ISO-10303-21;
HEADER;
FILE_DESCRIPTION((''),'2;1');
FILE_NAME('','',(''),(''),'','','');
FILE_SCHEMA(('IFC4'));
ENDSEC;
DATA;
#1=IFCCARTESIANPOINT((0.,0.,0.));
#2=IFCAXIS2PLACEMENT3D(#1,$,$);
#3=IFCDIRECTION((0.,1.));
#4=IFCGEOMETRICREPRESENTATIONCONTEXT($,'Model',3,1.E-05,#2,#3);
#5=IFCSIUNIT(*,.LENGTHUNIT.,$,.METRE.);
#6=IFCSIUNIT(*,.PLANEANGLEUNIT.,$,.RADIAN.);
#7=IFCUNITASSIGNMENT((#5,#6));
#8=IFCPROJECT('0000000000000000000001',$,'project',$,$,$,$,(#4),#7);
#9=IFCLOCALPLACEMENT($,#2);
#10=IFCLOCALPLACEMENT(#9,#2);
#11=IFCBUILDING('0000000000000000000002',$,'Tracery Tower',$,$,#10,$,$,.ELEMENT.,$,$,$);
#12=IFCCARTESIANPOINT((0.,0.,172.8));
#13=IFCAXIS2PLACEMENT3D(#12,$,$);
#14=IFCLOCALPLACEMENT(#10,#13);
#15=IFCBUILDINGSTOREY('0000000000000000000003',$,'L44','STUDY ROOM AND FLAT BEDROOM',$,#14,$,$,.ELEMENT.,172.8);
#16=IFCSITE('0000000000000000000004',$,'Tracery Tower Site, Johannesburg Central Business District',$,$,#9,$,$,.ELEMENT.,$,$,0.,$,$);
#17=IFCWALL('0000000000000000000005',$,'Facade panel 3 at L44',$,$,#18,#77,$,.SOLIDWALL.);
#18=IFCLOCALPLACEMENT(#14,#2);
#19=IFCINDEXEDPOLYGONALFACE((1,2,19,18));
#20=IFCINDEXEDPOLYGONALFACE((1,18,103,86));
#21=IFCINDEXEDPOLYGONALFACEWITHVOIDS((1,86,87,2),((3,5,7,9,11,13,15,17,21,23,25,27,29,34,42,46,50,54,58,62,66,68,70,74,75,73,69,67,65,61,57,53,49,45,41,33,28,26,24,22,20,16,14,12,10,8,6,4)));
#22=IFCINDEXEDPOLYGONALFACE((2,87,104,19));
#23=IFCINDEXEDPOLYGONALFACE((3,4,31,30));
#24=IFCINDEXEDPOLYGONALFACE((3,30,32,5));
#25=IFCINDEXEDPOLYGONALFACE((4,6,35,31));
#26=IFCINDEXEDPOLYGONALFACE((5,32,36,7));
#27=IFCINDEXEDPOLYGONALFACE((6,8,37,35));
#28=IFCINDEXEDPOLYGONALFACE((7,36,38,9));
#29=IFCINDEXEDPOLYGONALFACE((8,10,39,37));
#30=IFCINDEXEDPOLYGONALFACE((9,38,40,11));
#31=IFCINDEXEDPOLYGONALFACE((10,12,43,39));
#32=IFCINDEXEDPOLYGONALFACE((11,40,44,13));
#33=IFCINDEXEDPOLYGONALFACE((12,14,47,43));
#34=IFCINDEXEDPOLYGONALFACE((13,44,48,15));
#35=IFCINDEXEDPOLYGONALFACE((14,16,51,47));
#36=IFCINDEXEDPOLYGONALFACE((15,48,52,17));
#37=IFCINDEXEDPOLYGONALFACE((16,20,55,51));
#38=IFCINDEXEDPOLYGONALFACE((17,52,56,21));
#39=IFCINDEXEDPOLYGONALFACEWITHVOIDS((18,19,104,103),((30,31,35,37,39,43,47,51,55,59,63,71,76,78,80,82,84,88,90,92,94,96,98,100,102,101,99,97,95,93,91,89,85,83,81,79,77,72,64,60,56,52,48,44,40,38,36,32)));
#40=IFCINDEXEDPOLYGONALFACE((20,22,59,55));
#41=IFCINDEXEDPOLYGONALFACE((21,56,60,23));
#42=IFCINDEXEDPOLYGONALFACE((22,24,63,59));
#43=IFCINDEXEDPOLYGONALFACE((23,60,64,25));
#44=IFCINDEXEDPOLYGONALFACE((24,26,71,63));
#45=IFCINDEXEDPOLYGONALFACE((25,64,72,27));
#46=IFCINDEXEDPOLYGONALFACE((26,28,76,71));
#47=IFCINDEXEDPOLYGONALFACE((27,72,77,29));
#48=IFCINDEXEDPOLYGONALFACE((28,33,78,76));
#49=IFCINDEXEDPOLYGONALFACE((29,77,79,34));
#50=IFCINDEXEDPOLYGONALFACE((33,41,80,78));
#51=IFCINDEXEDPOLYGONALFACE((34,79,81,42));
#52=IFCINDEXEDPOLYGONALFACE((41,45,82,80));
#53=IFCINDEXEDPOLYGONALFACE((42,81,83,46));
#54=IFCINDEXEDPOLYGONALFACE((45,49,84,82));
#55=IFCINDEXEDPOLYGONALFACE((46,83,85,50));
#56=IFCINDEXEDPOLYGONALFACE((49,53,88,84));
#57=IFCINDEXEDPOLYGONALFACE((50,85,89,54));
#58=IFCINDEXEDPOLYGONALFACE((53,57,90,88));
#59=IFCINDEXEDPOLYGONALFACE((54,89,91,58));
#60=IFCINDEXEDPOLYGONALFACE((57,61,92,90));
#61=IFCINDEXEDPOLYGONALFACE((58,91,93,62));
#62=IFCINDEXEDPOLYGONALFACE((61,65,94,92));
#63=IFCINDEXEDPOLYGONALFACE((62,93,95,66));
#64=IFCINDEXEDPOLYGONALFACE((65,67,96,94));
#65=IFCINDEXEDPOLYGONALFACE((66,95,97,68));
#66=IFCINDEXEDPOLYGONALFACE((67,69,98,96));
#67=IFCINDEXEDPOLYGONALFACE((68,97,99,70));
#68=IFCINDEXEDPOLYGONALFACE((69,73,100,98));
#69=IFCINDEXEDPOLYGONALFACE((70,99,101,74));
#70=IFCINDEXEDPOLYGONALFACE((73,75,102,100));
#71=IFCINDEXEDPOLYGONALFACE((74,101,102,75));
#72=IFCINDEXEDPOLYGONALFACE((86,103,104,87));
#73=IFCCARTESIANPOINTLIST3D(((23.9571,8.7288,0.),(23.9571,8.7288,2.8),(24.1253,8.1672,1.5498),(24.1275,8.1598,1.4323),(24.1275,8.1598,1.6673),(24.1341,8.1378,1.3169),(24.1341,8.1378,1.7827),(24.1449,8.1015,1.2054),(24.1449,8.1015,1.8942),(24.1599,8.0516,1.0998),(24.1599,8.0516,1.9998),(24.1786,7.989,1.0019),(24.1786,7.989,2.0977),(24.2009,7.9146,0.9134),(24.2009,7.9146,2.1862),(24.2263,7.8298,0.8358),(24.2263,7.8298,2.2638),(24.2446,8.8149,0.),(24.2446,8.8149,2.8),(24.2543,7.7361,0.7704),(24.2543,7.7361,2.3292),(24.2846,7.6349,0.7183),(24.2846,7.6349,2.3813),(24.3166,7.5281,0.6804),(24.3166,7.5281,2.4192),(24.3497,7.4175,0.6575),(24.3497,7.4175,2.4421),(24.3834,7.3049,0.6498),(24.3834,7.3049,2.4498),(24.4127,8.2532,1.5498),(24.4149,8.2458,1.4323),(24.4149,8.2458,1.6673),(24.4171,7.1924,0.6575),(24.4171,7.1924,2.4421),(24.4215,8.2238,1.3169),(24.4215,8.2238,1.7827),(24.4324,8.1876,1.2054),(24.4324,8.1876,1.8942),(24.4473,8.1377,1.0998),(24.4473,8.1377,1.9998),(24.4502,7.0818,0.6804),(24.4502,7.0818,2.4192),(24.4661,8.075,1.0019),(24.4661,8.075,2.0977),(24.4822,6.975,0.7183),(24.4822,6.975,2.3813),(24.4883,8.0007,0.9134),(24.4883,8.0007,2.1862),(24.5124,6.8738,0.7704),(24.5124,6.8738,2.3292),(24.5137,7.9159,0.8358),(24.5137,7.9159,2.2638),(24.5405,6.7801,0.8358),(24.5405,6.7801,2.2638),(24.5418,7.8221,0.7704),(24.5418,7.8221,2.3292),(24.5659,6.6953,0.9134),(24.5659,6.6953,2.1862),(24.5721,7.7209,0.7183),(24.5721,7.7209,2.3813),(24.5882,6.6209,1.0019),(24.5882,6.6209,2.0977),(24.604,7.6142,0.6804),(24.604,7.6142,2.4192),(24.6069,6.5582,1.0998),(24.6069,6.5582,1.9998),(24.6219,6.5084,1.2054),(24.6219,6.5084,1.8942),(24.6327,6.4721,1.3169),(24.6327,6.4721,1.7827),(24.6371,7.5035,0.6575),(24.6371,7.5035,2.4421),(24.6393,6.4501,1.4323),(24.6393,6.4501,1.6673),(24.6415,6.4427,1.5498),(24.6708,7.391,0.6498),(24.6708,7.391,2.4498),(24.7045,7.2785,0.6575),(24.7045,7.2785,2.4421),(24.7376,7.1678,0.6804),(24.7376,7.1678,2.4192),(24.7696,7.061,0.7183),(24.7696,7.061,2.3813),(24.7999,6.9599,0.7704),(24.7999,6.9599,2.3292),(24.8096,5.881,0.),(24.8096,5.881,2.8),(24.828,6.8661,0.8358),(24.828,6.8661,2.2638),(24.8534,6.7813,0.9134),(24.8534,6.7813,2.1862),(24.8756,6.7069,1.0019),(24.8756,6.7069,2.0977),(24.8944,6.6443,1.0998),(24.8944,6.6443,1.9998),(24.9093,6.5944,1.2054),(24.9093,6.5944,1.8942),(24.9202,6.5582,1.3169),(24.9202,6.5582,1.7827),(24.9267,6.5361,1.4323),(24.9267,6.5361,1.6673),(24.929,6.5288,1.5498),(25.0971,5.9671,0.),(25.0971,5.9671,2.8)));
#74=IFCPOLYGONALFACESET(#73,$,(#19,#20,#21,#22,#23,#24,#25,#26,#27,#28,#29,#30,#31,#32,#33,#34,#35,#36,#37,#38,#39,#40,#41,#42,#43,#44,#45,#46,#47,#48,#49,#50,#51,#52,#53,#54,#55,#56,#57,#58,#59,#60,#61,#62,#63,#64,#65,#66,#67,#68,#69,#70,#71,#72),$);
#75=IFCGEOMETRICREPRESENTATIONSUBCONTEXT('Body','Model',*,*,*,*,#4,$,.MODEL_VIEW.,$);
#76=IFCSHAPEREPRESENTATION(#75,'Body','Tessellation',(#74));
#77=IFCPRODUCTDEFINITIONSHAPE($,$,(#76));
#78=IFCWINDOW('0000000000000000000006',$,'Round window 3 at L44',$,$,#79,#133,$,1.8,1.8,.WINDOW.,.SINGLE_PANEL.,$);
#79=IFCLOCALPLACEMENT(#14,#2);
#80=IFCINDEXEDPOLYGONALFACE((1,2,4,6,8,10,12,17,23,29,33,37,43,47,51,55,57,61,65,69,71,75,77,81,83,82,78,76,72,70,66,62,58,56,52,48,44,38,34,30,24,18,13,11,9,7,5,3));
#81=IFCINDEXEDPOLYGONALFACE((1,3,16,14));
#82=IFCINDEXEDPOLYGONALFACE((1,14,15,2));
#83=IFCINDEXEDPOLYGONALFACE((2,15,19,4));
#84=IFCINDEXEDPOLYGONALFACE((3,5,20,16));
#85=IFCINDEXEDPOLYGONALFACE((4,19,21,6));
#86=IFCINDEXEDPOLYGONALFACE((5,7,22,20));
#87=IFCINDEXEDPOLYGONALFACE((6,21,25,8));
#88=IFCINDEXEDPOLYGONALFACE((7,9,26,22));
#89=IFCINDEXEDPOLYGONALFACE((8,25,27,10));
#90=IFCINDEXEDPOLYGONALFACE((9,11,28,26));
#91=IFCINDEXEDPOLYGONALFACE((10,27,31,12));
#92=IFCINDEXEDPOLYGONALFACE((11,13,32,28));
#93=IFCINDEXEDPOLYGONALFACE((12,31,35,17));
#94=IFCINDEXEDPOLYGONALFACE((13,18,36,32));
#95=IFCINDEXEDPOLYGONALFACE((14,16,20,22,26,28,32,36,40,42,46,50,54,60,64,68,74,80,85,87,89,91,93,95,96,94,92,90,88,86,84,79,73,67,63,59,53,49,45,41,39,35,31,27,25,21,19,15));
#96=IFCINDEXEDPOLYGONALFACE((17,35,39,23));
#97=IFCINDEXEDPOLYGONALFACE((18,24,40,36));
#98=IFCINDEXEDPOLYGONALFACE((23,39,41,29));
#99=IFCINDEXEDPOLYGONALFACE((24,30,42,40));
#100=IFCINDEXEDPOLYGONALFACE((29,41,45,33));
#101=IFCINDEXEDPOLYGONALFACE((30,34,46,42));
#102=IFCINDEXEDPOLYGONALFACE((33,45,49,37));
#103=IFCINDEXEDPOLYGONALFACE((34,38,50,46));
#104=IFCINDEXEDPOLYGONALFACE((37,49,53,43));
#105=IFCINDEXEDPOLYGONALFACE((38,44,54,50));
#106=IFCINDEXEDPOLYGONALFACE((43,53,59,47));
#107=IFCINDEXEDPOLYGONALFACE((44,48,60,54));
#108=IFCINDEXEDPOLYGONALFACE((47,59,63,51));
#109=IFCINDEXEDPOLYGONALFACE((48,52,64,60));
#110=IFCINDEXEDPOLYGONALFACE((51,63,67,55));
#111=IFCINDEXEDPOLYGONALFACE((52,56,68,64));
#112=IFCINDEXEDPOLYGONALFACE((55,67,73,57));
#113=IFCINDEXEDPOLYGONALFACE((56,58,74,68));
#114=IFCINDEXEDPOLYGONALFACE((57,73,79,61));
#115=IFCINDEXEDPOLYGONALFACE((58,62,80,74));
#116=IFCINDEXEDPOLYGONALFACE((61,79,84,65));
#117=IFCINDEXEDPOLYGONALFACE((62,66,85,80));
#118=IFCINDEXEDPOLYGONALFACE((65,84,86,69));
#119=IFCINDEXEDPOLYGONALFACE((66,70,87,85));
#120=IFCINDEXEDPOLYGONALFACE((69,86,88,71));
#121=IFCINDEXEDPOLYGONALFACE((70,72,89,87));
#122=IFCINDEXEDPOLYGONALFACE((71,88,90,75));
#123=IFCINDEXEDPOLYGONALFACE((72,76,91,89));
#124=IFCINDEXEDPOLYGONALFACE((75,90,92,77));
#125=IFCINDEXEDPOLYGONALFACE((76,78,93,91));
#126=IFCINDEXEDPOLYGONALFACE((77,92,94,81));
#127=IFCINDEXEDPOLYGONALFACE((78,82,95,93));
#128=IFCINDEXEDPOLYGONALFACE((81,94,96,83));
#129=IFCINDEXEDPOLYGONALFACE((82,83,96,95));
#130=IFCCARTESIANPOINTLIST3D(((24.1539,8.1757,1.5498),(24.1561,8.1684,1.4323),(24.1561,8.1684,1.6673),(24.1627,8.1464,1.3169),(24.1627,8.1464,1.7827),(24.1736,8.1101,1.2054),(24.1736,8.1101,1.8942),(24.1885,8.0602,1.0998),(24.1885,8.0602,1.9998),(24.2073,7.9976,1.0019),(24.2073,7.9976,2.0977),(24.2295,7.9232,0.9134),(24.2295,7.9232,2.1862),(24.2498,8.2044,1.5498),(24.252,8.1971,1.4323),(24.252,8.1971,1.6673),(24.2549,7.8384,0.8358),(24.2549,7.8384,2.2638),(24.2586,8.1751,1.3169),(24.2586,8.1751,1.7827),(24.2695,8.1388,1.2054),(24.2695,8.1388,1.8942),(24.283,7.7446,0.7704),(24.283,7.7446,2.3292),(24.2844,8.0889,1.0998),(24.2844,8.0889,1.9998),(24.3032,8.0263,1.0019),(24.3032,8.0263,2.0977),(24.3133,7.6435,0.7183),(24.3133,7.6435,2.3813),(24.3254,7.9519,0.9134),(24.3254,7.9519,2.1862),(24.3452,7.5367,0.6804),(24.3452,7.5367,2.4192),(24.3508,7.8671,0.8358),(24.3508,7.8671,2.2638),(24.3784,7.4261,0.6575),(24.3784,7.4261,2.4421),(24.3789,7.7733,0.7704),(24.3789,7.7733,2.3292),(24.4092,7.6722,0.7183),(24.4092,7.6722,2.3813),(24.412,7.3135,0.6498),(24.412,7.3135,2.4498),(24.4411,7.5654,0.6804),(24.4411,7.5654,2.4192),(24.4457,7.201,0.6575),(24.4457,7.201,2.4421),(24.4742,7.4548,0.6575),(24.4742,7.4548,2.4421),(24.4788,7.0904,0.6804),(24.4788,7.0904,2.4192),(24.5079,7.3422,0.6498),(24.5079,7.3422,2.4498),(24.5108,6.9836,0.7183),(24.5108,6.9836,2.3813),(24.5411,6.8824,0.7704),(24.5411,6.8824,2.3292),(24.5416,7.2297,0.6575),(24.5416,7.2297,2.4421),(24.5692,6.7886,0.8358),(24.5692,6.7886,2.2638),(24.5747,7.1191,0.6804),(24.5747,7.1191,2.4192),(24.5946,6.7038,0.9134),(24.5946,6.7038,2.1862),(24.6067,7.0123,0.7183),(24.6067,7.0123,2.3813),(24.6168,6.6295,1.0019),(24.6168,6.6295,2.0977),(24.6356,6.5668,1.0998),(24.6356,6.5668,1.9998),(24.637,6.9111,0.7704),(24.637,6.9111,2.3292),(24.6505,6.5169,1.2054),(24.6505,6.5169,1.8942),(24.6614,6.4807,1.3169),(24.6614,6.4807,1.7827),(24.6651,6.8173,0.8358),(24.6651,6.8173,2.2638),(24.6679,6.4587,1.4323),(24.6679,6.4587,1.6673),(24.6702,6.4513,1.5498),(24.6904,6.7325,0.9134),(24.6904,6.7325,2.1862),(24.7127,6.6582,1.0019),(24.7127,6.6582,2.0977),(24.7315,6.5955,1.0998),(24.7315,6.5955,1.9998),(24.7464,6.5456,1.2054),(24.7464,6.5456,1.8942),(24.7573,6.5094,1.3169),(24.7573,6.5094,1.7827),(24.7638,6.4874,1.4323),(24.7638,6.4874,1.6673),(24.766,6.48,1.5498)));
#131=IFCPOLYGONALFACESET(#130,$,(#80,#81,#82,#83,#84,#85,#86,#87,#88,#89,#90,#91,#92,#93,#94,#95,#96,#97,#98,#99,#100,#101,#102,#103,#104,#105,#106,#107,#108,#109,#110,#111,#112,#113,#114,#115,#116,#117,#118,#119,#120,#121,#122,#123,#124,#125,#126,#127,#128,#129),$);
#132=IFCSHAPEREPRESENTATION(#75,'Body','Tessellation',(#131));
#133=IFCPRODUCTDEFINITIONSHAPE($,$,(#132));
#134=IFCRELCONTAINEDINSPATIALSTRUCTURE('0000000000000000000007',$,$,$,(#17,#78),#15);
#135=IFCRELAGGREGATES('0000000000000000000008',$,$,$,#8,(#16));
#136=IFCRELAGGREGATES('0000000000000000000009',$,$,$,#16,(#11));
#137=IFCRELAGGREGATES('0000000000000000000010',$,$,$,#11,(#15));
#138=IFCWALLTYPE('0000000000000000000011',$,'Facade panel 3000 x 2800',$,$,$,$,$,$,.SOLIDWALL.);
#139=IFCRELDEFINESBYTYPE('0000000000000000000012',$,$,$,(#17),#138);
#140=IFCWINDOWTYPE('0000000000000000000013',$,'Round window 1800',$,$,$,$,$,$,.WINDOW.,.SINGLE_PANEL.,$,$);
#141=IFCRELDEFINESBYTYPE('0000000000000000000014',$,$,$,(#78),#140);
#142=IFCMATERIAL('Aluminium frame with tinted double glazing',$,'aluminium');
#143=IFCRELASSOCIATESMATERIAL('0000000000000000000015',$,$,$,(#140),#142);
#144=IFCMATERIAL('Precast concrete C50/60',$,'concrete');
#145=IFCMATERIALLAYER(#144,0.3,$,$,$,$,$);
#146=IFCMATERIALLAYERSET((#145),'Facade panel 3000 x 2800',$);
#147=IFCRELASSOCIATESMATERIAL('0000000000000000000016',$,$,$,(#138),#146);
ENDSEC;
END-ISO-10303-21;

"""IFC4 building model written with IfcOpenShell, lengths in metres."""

from ifc_helpers import new_model, si_unit, direction, frame, frame_2d, origin, origin_2d, place, context, subcontext, project, spatial, rectangle, circle, extrude, material, layer, layer_set, type_object, element, fill, save


model = new_model("IFC4")

# Units and contexts
model_context = context("Model", 3, precision=1e-05, world=origin(), true_north=direction((0.0, 1.0)))
body_context = subcontext(model_context, "Body", "Model", "MODEL_VIEW")
ifc_project = project(units=[si_unit("LENGTHUNIT", "METRE"), si_unit("PLANEANGLEUNIT", "RADIAN")], contexts=[model_context])

# Site, building, storey
site_placement = place(None, origin())
site = spatial("IfcSite", under=ifc_project, at=site_placement, Name="Tracery Tower Site, Johannesburg Central Business District", CompositionType="ELEMENT", RefElevation=0.0)
building_placement = place(site_placement, origin())
building = spatial("IfcBuilding", under=site, at=building_placement, Name="Tracery Tower", CompositionType="ELEMENT")
storey_placement = place(building_placement, frame((0.0, 0.0, 172.8)))
storey = spatial("IfcBuildingStorey", under=building, at=storey_placement, Name="L44", Description="STUDY ROOM AND FLAT BEDROOM", CompositionType="ELEMENT", Elevation=172.8)

# Wall, opening, window
ifc_material_1 = material(Name="Aluminium frame with tinted double glazing", Category="aluminium")
window_type = type_object("IfcWindowType", Name="Round window 1800", PartitioningType="SINGLE_PANEL", PredefinedType="WINDOW", material=ifc_material_1)
ifc_material_2 = material(Name="Precast concrete C50/60", Category="concrete")
ifc_layer_1 = layer(ifc_material_2, 0.3)
ifc_layer_set_1 = layer_set([ifc_layer_1], Name="Facade panel 3000 x 2800")
wall_type_1 = type_object("IfcWallType", Name="Facade panel 3000 x 2800", PredefinedType="SOLIDWALL", material=ifc_layer_set_1)
wall_1_placement = place(storey_placement, frame((24.9534, 5.9241, 0.0), z_axis=(0.0, 0.0, 1.0), x_axis=(-0.286783, 0.957996, 0.0)))
wall_1 = element("IfcWall", 1, at=wall_1_placement, inside=storey, type_object=wall_type_1, Name="Facade panel 3 at L44", PredefinedType="SOLIDWALL", context=body_context, shape_type="SweptSolid", body=[
    extrude(rectangle(XDim=2.9727, YDim=0.3, at=frame_2d((1.4863, 0.0))), origin(), (0.0, 0.0, 1.0), 2.8),
])
opening_1_placement = place(wall_1_placement, frame((1.4863, 0.0, 1.5498)))
opening_1 = element("IfcOpeningElement", 2, at=opening_1_placement, cuts=wall_1, PredefinedType="OPENING", context=body_context, shape_type="SweptSolid", body=[
    extrude(circle(Radius=0.9, at=origin_2d()), frame((0.0, 0.1599, 0.0), z_axis=(0.0, -1.0, 0.0), x_axis=(1.0, 0.0, 0.0)), (0.0, 0.0, 1.0), 0.3201),
])
window_1_placement = place(opening_1_placement, origin())
window_1 = element("IfcWindow", 3, at=window_1_placement, inside=storey, type_object=window_type, Name="Round window 3 at L44", OverallHeight=1.8, OverallWidth=1.8, PartitioningType="SINGLE_PANEL", PredefinedType="WINDOW", context=body_context, shape_type="SweptSolid", body=[
    extrude(circle(Radius=0.9, at=origin_2d()), frame((0.0, 0.1201, 0.0), z_axis=(0.0, -1.0, 0.0), x_axis=(1.0, 0.0, 0.0)), (0.0, 0.0, 1.0), 0.1001),
])
fill(opening_1, window_1)

save(model, "model.ifc")
